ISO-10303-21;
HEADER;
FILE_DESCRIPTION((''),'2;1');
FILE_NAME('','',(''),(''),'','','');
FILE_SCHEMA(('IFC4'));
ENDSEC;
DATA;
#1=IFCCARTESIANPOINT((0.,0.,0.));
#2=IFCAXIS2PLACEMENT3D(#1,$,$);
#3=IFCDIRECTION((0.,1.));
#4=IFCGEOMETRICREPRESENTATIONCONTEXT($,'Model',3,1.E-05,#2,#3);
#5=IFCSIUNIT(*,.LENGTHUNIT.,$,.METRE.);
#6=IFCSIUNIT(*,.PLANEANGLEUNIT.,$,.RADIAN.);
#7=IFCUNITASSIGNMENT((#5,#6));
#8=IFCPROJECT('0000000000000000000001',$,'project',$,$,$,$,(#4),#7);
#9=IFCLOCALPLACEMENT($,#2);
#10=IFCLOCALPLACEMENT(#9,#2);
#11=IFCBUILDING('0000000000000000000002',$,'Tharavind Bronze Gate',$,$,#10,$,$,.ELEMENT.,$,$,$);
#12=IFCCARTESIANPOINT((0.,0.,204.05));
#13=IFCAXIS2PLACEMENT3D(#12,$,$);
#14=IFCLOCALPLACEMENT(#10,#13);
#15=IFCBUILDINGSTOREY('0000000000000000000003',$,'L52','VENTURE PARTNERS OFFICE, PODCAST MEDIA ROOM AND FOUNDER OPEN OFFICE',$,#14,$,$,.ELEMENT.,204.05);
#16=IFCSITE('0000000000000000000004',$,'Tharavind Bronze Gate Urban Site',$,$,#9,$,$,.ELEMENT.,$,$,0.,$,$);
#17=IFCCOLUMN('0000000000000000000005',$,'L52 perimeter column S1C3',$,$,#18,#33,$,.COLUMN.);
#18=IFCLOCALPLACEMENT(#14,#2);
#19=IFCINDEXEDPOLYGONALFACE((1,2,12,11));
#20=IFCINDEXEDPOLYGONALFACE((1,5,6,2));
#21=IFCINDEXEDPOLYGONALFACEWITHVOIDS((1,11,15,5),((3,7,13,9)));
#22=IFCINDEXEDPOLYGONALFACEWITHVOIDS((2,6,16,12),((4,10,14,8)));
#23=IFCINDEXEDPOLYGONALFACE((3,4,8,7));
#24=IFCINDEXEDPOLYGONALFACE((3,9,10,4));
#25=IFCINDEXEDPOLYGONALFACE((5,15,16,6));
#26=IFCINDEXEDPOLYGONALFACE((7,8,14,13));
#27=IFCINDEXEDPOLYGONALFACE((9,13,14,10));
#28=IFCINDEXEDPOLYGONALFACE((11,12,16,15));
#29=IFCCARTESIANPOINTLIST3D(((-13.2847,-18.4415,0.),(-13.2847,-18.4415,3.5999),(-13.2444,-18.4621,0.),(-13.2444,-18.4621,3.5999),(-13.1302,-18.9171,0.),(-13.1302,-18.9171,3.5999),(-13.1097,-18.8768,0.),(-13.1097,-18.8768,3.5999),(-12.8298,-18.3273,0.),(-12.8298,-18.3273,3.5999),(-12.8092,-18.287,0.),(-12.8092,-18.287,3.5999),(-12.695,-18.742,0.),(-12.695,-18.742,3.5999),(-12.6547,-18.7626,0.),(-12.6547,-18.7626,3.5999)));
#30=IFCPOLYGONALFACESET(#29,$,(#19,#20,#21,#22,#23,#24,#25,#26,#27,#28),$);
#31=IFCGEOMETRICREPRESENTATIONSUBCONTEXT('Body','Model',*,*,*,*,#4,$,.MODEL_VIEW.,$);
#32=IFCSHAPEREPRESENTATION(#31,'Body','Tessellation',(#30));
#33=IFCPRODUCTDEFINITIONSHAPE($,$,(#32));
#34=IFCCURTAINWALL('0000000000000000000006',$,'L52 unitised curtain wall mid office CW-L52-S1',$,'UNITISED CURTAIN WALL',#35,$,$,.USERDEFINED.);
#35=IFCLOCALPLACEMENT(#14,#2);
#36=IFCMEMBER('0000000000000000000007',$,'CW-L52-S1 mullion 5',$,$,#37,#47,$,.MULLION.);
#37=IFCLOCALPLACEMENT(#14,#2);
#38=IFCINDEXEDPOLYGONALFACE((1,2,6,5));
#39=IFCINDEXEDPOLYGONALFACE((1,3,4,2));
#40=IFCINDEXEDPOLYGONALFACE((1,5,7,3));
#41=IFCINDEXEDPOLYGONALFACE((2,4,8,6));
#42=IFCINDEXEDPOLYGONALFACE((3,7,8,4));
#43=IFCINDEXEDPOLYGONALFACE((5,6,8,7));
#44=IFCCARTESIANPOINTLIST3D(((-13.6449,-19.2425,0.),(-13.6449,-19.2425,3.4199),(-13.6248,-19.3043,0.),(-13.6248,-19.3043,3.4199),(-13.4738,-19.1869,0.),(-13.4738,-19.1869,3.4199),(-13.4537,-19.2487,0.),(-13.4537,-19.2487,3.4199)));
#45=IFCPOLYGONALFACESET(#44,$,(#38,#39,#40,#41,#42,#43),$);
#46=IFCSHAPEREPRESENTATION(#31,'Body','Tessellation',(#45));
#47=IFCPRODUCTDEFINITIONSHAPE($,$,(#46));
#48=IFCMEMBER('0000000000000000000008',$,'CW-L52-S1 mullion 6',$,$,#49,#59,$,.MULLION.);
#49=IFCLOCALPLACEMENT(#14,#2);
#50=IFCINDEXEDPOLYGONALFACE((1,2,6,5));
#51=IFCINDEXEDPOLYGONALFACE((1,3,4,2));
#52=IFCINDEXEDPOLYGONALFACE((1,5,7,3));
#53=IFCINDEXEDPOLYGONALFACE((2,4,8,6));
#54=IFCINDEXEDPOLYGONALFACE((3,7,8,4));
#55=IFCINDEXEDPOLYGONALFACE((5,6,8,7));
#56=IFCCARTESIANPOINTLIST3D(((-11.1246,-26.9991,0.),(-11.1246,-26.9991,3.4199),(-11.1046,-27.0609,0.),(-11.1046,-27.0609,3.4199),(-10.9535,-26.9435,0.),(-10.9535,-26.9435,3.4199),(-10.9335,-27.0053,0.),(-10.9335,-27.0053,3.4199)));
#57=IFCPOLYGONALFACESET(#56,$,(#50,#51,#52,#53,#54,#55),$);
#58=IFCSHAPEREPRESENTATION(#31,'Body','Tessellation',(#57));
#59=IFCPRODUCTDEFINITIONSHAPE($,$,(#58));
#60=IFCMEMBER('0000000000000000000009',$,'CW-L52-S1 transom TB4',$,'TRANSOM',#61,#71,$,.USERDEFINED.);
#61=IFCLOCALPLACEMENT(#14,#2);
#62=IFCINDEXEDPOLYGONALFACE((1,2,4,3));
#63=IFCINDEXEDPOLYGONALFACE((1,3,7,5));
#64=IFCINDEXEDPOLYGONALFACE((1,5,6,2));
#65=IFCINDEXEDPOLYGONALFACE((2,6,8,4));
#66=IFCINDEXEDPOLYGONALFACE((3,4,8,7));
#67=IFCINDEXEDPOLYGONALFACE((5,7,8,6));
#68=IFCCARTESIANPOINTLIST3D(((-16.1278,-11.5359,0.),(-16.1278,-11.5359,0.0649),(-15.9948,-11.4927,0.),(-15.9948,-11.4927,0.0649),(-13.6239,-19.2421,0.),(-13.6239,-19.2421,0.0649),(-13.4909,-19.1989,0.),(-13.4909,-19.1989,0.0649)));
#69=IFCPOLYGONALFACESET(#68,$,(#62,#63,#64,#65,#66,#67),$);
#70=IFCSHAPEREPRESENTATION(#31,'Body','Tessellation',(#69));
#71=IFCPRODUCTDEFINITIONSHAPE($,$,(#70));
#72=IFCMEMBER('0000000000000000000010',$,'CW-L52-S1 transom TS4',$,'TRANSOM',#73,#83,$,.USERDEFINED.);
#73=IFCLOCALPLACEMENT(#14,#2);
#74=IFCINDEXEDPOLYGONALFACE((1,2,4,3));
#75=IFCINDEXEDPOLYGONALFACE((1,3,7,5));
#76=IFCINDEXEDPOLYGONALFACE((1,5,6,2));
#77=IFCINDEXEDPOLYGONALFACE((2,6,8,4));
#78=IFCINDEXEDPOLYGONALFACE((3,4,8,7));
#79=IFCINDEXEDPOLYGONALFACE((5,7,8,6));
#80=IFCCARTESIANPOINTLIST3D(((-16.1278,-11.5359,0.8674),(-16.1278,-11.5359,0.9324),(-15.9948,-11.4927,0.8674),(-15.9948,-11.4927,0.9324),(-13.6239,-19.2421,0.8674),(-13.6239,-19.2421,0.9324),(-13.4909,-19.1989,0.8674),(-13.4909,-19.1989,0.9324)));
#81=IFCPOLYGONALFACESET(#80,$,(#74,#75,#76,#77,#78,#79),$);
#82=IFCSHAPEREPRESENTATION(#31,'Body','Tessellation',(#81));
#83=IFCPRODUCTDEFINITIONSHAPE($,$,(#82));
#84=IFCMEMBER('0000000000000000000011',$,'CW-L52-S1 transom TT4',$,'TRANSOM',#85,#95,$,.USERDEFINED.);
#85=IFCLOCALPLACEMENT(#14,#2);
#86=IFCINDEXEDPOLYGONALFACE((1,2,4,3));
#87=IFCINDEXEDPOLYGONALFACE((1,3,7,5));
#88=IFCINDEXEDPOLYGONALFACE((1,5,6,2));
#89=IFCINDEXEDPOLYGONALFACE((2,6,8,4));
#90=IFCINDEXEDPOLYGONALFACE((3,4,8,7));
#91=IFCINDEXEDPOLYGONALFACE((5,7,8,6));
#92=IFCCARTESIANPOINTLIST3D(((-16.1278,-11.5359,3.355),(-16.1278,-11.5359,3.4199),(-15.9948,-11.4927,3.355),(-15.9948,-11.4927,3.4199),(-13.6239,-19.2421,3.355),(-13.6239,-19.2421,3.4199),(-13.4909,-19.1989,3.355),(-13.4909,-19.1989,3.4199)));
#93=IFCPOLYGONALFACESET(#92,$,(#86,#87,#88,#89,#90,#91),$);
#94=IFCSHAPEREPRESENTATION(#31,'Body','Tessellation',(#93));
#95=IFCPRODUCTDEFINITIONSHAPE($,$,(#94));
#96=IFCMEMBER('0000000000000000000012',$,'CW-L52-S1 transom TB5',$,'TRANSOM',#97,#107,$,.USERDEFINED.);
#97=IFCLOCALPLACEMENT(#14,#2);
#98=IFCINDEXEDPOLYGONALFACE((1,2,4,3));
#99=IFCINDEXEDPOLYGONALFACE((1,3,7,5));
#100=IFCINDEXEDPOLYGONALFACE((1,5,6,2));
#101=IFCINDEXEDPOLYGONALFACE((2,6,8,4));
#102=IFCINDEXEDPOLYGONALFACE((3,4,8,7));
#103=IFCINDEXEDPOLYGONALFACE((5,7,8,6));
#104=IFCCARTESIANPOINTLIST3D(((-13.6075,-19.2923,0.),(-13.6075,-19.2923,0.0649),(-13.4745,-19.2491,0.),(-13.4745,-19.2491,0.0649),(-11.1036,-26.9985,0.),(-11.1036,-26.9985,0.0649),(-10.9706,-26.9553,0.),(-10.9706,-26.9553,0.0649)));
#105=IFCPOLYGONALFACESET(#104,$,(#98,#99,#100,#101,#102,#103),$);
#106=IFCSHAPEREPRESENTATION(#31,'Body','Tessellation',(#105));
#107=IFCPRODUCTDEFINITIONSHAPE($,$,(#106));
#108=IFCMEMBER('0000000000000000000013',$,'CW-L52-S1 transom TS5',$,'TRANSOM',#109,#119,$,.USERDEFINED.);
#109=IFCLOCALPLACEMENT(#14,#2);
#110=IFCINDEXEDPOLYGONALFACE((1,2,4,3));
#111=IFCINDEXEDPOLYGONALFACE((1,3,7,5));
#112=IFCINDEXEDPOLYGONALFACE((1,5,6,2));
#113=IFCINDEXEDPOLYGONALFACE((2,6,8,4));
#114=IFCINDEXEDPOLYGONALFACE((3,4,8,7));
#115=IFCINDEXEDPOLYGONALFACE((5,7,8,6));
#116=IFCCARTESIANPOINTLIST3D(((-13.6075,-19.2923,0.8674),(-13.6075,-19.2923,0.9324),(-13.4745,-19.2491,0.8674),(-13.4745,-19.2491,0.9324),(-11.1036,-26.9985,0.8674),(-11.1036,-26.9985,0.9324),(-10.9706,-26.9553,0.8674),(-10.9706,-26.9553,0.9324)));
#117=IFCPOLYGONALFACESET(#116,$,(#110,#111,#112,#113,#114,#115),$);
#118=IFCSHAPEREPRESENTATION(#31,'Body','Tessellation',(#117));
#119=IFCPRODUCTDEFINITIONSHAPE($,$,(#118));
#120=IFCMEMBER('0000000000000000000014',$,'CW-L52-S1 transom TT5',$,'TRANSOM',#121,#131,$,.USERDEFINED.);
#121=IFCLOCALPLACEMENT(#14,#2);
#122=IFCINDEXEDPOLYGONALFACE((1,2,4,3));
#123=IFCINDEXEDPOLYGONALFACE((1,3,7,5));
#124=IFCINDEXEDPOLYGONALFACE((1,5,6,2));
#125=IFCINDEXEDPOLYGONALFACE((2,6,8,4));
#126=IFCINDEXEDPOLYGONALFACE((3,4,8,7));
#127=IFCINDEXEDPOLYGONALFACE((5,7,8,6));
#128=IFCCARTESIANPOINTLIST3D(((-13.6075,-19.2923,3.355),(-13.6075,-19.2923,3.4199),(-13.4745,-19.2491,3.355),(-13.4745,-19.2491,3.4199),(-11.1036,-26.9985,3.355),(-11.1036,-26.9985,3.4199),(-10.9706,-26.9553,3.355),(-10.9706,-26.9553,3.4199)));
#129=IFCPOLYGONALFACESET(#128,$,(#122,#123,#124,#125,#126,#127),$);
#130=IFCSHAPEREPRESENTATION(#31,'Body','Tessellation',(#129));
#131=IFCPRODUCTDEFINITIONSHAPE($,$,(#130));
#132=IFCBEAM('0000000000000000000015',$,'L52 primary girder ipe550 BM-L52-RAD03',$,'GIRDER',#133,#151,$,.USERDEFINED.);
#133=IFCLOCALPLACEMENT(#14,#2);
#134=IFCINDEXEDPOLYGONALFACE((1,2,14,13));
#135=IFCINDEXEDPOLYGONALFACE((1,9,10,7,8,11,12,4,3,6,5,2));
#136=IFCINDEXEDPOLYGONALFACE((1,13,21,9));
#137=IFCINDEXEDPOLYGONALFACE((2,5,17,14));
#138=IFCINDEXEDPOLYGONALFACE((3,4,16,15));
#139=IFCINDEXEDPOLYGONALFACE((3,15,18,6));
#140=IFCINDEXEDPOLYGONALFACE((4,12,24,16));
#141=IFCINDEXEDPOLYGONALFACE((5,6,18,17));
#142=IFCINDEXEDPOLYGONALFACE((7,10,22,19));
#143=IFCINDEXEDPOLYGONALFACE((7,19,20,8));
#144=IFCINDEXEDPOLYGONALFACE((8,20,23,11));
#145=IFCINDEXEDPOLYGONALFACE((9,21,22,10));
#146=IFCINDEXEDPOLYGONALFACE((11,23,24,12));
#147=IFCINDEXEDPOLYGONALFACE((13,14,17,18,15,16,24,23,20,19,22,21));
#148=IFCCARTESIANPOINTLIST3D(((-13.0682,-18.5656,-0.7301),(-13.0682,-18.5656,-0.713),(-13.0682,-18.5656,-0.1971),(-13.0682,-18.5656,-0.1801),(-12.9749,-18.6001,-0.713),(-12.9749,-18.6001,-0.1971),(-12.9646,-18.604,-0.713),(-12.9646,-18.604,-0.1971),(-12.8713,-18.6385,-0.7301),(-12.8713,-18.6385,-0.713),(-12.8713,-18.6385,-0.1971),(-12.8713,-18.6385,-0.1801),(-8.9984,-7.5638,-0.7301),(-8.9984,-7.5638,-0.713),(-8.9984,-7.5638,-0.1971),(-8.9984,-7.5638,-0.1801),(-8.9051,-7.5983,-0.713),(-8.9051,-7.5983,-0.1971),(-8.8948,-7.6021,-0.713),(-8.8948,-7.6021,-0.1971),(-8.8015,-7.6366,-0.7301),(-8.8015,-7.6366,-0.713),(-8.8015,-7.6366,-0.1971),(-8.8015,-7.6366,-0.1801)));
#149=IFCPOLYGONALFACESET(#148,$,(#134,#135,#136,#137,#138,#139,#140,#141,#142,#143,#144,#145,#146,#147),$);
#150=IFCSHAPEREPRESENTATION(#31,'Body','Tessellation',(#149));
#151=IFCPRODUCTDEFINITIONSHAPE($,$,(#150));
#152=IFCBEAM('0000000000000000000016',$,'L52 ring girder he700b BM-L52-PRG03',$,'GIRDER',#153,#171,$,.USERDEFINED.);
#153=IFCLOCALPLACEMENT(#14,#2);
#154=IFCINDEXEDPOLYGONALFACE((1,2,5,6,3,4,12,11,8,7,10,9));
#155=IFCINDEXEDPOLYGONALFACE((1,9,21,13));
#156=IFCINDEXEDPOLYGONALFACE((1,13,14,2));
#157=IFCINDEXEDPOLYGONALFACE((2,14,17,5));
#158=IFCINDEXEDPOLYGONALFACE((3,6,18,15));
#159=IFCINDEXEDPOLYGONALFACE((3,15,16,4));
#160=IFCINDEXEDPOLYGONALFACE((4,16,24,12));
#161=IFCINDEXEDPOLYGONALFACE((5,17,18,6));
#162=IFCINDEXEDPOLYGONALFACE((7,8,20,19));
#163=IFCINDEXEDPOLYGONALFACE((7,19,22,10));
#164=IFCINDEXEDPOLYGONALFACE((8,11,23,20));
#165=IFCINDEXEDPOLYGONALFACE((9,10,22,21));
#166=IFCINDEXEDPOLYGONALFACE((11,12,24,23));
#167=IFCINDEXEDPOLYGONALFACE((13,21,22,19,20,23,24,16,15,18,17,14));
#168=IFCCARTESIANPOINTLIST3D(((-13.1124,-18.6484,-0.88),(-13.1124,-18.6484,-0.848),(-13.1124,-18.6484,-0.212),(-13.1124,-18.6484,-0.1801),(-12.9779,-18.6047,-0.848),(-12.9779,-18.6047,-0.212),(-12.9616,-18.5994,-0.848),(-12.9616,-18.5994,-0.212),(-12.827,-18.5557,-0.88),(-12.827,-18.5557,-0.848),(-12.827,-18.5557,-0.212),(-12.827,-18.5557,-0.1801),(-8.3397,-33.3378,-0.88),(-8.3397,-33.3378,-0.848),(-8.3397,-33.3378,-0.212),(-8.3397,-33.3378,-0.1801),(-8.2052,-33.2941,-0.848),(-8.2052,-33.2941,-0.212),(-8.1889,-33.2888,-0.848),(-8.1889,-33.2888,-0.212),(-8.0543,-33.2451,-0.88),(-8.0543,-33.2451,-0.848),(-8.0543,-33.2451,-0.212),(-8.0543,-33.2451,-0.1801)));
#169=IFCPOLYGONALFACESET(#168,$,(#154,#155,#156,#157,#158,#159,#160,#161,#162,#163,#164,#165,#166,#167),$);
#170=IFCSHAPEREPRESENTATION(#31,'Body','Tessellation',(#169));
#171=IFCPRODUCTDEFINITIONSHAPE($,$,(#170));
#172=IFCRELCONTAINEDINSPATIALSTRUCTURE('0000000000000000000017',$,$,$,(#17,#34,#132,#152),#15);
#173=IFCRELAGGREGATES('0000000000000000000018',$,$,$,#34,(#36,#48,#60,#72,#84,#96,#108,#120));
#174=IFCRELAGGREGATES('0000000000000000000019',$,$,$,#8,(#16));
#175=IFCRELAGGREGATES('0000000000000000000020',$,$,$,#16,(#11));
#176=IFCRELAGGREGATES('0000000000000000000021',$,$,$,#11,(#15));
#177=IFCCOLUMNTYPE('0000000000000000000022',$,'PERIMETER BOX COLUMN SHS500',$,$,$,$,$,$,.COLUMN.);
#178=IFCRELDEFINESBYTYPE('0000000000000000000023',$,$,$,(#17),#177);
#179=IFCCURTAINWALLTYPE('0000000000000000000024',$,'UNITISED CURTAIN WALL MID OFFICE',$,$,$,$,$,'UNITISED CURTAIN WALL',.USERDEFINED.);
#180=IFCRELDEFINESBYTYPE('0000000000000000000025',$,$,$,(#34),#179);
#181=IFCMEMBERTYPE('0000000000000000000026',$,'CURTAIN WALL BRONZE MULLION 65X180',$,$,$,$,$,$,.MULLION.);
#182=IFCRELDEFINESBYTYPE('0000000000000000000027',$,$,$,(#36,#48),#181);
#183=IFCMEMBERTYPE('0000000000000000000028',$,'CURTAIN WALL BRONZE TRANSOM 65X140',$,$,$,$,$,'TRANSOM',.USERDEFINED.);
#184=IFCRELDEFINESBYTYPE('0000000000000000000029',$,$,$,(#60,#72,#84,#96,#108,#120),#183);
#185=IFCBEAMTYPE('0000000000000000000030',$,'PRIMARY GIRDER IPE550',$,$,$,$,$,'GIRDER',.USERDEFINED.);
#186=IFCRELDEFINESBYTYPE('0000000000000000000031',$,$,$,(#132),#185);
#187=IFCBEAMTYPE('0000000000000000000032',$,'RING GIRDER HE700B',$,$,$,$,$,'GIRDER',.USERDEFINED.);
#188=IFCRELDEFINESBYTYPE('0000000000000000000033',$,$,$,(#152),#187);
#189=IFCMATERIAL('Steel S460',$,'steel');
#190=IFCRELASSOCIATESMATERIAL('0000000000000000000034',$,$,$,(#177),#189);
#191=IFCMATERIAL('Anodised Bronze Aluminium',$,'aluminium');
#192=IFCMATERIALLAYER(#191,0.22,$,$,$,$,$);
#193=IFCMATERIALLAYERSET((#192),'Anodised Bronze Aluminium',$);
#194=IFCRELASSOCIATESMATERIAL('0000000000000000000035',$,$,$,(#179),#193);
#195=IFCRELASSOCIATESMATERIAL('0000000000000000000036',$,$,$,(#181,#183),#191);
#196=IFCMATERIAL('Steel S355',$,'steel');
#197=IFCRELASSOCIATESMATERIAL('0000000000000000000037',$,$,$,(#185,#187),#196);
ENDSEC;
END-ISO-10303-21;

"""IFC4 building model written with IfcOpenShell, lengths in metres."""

from ifc_helpers import new_model, si_unit, direction, frame, origin, origin_2d, place, context, subcontext, project, spatial, rectangle, hollow_rectangle, i_section, extrude, material, layer, layer_set, material_profile, profile_set, type_object, element, aggregate, save


model = new_model("IFC4")

# Units and contexts
model_context = context("Model", 3, precision=1e-05, world=origin(), true_north=direction((0.0, 1.0)))
body_context = subcontext(model_context, "Body", "Model", "MODEL_VIEW")
ifc_project = project(units=[si_unit("LENGTHUNIT", "METRE"), si_unit("PLANEANGLEUNIT", "RADIAN")], contexts=[model_context])

# Site, building, storey
site_placement = place(None, origin())
site = spatial("IfcSite", under=ifc_project, at=site_placement, Name="Tharavind Bronze Gate Urban Site", CompositionType="ELEMENT", RefElevation=0.0)
building_placement = place(site_placement, origin())
building = spatial("IfcBuilding", under=site, at=building_placement, Name="Tharavind Bronze Gate", CompositionType="ELEMENT")
storey_placement = place(building_placement, frame((0.0, 0.0, 204.05)))
storey = spatial("IfcBuildingStorey", under=building, at=storey_placement, Name="L52", Description="VENTURE PARTNERS OFFICE, PODCAST MEDIA ROOM AND FOUNDER OPEN OFFICE", CompositionType="ELEMENT", Elevation=204.05)

# Column
ifc_material_1 = material(Name="Steel S460", Category="steel")
ifc_material_profile_1 = material_profile(ifc_material_1, hollow_rectangle(XDim=0.5, YDim=0.5, WallThickness=0.032, at=origin_2d()), Name="SHS500X32")
ifc_profile_set_1 = profile_set([ifc_material_profile_1], Name="Steel S460")
column_type = type_object("IfcColumnType", Name="PERIMETER BOX COLUMN SHS500", PredefinedType="COLUMN", material=ifc_profile_set_1)
column_placement = place(storey_placement, frame((-12.9697, -18.6021, 0.0), z_axis=(0.0, 0.0, 1.0), x_axis=(-0.309017, 0.951057, 0.0)))
element("IfcColumn", 1, at=column_placement, inside=storey, type_object=column_type, Name="L52 perimeter column S1C3", PredefinedType="COLUMN", context=body_context, shape_type="SweptSolid", body=[
    extrude(hollow_rectangle(XDim=0.5, YDim=0.5, WallThickness=0.032, at=origin_2d()), origin(), (0.0, 0.0, 1.0), 3.5999),
])

# Curtain wall, members
ifc_material_2 = material(Name="Anodised Bronze Aluminium", Category="aluminium")
ifc_layer_1 = layer(ifc_material_2, 0.22)
ifc_layer_set_1 = layer_set([ifc_layer_1], Name="Anodised Bronze Aluminium")
curtain_wall_type = type_object("IfcCurtainWallType", Name="UNITISED CURTAIN WALL MID OFFICE", ElementType="UNITISED CURTAIN WALL", PredefinedType="USERDEFINED", material=ifc_layer_set_1)
curtain_wall_placement = place(storey_placement, origin())
curtain_wall = element("IfcCurtainWall", 2, at=curtain_wall_placement, inside=storey, type_object=curtain_wall_type, Name="L52 unitised curtain wall mid office CW-L52-S1", ObjectType="UNITISED CURTAIN WALL", PredefinedType="USERDEFINED")
member_type_1 = type_object("IfcMemberType", Name="CURTAIN WALL BRONZE MULLION 65X180", PredefinedType="MULLION", material=ifc_material_2)
member_1_placement = place(storey_placement, frame((-13.5493, -19.2456, 0.0), z_axis=(0.0, 0.0, 1.0), x_axis=(0.309017, -0.951057, 0.0)))
member_1 = element("IfcMember", 3, at=member_1_placement, type_object=member_type_1, Name="CW-L52-S1 mullion 5", PredefinedType="MULLION", context=body_context, shape_type="SweptSolid", body=[
    extrude(rectangle(XDim=0.0649, YDim=0.1799, at=origin_2d()), origin(), (0.0, 0.0, 1.0), 3.4199),
])
member_2_placement = place(storey_placement, frame((-11.0291, -27.0022, 0.0), z_axis=(0.0, 0.0, 1.0), x_axis=(0.309017, -0.951057, 0.0)))
member_2 = element("IfcMember", 4, at=member_2_placement, type_object=member_type_1, Name="CW-L52-S1 mullion 6", PredefinedType="MULLION", context=body_context, shape_type="SweptSolid", body=[
    extrude(rectangle(XDim=0.0649, YDim=0.1799, at=origin_2d()), origin(), (0.0, 0.0, 1.0), 3.4199),
])
member_type_2 = type_object("IfcMemberType", Name="CURTAIN WALL BRONZE TRANSOM 65X140", ElementType="TRANSOM", PredefinedType="USERDEFINED", material=ifc_material_2)
member_3_placement = place(storey_placement, frame((-14.8093, -15.3674, 0.0), z_axis=(0.0, 0.0, 1.0), x_axis=(0.309017, -0.951057, 0.0)))
member_3 = element("IfcMember", 5, at=member_3_placement, type_object=member_type_2, Name="CW-L52-S1 transom TB4", ObjectType="TRANSOM", PredefinedType="USERDEFINED", context=body_context, shape_type="SweptSolid", body=[
    extrude(rectangle(XDim=8.1028, YDim=0.1399, at=origin_2d()), origin(), (0.0, 0.0, 1.0), 0.0649),
])
member_4_placement = place(storey_placement, frame((-14.8093, -15.3674, 0.8674), z_axis=(0.0, 0.0, 1.0), x_axis=(0.309017, -0.951057, 0.0)))
member_4 = element("IfcMember", 6, at=member_4_placement, type_object=member_type_2, Name="CW-L52-S1 transom TS4", ObjectType="TRANSOM", PredefinedType="USERDEFINED", context=body_context, shape_type="SweptSolid", body=[
    extrude(rectangle(XDim=8.1028, YDim=0.1399, at=origin_2d()), origin(), (0.0, 0.0, 1.0), 0.0649),
])
member_5_placement = place(storey_placement, frame((-14.8093, -15.3674, 3.355), z_axis=(0.0, 0.0, 1.0), x_axis=(0.309017, -0.951057, 0.0)))
member_5 = element("IfcMember", 7, at=member_5_placement, type_object=member_type_2, Name="CW-L52-S1 transom TT4", ObjectType="TRANSOM", PredefinedType="USERDEFINED", context=body_context, shape_type="SweptSolid", body=[
    extrude(rectangle(XDim=8.1028, YDim=0.1399, at=origin_2d()), origin(), (0.0, 0.0, 1.0), 0.0649),
])
member_6_placement = place(storey_placement, frame((-12.2891, -23.1238, 0.0), z_axis=(0.0, 0.0, 1.0), x_axis=(0.309017, -0.951057, 0.0)))
member_6 = element("IfcMember", 8, at=member_6_placement, type_object=member_type_2, Name="CW-L52-S1 transom TB5", ObjectType="TRANSOM", PredefinedType="USERDEFINED", context=body_context, shape_type="SweptSolid", body=[
    extrude(rectangle(XDim=8.1028, YDim=0.1399, at=origin_2d()), origin(), (0.0, 0.0, 1.0), 0.0649),
])
member_7_placement = place(storey_placement, frame((-12.2891, -23.1238, 0.8674), z_axis=(0.0, 0.0, 1.0), x_axis=(0.309017, -0.951057, 0.0)))
member_7 = element("IfcMember", 9, at=member_7_placement, type_object=member_type_2, Name="CW-L52-S1 transom TS5", ObjectType="TRANSOM", PredefinedType="USERDEFINED", context=body_context, shape_type="SweptSolid", body=[
    extrude(rectangle(XDim=8.1028, YDim=0.1399, at=origin_2d()), origin(), (0.0, 0.0, 1.0), 0.0649),
])
member_8_placement = place(storey_placement, frame((-12.2891, -23.1238, 3.355), z_axis=(0.0, 0.0, 1.0), x_axis=(0.309017, -0.951057, 0.0)))
member_8 = element("IfcMember", 10, at=member_8_placement, type_object=member_type_2, Name="CW-L52-S1 transom TT5", ObjectType="TRANSOM", PredefinedType="USERDEFINED", context=body_context, shape_type="SweptSolid", body=[
    extrude(rectangle(XDim=8.1028, YDim=0.1399, at=origin_2d()), origin(), (0.0, 0.0, 1.0), 0.0649),
])

# Beams
ifc_material_3 = material(Name="Steel S355", Category="steel")
ifc_material_profile_2 = material_profile(ifc_material_3, i_section(OverallWidth=0.21, OverallDepth=0.55, WebThickness=0.011, FlangeThickness=0.0171, at=origin_2d()), Name="IPE550")
ifc_profile_set_2 = profile_set([ifc_material_profile_2], Name="Steel S355")
beam_type_1 = type_object("IfcBeamType", Name="PRIMARY GIRDER IPE550", ElementType="GIRDER", PredefinedType="USERDEFINED", material=ifc_profile_set_2)
beam_1_placement = place(storey_placement, frame((-12.9697, -18.6021, -0.4551), z_axis=(0.346942, 0.937887, 0.0), x_axis=(-0.937887, 0.346942, 0.0)))
element("IfcBeam", 11, at=beam_1_placement, inside=storey, type_object=beam_type_1, Name="L52 primary girder ipe550 BM-L52-RAD03", ObjectType="GIRDER", PredefinedType="USERDEFINED", context=body_context, shape_type="SweptSolid", body=[
    extrude(i_section(OverallWidth=0.21, OverallDepth=0.55, WebThickness=0.011, FlangeThickness=0.0171, at=origin_2d()), origin(), (0.0, 0.0, 1.0), 11.7305),
])
ifc_material_profile_3 = material_profile(ifc_material_3, i_section(OverallWidth=0.3, OverallDepth=0.7, WebThickness=0.0171, FlangeThickness=0.032, at=origin_2d()), Name="HE700B")
ifc_profile_set_3 = profile_set([ifc_material_profile_3], Name="Steel S355")
beam_type_2 = type_object("IfcBeamType", Name="RING GIRDER HE700B", ElementType="GIRDER", PredefinedType="USERDEFINED", material=ifc_profile_set_3)
beam_2_placement = place(storey_placement, frame((-12.9697, -18.6021, -0.53), z_axis=(0.309006, -0.95106, 0.0), x_axis=(0.95106, 0.309006, 0.0)))
element("IfcBeam", 12, at=beam_2_placement, inside=storey, type_object=beam_type_2, Name="L52 ring girder he700b BM-L52-PRG03", ObjectType="GIRDER", PredefinedType="USERDEFINED", context=body_context, shape_type="SweptSolid", body=[
    extrude(i_section(OverallWidth=0.3, OverallDepth=0.7, WebThickness=0.0171, FlangeThickness=0.032, at=origin_2d()), origin(), (0.0, 0.0, 1.0), 15.4453),
])

aggregate(curtain_wall, [member_1, member_2, member_3, member_4, member_5, member_6, member_7, member_8])

save(model, "model.ifc")
